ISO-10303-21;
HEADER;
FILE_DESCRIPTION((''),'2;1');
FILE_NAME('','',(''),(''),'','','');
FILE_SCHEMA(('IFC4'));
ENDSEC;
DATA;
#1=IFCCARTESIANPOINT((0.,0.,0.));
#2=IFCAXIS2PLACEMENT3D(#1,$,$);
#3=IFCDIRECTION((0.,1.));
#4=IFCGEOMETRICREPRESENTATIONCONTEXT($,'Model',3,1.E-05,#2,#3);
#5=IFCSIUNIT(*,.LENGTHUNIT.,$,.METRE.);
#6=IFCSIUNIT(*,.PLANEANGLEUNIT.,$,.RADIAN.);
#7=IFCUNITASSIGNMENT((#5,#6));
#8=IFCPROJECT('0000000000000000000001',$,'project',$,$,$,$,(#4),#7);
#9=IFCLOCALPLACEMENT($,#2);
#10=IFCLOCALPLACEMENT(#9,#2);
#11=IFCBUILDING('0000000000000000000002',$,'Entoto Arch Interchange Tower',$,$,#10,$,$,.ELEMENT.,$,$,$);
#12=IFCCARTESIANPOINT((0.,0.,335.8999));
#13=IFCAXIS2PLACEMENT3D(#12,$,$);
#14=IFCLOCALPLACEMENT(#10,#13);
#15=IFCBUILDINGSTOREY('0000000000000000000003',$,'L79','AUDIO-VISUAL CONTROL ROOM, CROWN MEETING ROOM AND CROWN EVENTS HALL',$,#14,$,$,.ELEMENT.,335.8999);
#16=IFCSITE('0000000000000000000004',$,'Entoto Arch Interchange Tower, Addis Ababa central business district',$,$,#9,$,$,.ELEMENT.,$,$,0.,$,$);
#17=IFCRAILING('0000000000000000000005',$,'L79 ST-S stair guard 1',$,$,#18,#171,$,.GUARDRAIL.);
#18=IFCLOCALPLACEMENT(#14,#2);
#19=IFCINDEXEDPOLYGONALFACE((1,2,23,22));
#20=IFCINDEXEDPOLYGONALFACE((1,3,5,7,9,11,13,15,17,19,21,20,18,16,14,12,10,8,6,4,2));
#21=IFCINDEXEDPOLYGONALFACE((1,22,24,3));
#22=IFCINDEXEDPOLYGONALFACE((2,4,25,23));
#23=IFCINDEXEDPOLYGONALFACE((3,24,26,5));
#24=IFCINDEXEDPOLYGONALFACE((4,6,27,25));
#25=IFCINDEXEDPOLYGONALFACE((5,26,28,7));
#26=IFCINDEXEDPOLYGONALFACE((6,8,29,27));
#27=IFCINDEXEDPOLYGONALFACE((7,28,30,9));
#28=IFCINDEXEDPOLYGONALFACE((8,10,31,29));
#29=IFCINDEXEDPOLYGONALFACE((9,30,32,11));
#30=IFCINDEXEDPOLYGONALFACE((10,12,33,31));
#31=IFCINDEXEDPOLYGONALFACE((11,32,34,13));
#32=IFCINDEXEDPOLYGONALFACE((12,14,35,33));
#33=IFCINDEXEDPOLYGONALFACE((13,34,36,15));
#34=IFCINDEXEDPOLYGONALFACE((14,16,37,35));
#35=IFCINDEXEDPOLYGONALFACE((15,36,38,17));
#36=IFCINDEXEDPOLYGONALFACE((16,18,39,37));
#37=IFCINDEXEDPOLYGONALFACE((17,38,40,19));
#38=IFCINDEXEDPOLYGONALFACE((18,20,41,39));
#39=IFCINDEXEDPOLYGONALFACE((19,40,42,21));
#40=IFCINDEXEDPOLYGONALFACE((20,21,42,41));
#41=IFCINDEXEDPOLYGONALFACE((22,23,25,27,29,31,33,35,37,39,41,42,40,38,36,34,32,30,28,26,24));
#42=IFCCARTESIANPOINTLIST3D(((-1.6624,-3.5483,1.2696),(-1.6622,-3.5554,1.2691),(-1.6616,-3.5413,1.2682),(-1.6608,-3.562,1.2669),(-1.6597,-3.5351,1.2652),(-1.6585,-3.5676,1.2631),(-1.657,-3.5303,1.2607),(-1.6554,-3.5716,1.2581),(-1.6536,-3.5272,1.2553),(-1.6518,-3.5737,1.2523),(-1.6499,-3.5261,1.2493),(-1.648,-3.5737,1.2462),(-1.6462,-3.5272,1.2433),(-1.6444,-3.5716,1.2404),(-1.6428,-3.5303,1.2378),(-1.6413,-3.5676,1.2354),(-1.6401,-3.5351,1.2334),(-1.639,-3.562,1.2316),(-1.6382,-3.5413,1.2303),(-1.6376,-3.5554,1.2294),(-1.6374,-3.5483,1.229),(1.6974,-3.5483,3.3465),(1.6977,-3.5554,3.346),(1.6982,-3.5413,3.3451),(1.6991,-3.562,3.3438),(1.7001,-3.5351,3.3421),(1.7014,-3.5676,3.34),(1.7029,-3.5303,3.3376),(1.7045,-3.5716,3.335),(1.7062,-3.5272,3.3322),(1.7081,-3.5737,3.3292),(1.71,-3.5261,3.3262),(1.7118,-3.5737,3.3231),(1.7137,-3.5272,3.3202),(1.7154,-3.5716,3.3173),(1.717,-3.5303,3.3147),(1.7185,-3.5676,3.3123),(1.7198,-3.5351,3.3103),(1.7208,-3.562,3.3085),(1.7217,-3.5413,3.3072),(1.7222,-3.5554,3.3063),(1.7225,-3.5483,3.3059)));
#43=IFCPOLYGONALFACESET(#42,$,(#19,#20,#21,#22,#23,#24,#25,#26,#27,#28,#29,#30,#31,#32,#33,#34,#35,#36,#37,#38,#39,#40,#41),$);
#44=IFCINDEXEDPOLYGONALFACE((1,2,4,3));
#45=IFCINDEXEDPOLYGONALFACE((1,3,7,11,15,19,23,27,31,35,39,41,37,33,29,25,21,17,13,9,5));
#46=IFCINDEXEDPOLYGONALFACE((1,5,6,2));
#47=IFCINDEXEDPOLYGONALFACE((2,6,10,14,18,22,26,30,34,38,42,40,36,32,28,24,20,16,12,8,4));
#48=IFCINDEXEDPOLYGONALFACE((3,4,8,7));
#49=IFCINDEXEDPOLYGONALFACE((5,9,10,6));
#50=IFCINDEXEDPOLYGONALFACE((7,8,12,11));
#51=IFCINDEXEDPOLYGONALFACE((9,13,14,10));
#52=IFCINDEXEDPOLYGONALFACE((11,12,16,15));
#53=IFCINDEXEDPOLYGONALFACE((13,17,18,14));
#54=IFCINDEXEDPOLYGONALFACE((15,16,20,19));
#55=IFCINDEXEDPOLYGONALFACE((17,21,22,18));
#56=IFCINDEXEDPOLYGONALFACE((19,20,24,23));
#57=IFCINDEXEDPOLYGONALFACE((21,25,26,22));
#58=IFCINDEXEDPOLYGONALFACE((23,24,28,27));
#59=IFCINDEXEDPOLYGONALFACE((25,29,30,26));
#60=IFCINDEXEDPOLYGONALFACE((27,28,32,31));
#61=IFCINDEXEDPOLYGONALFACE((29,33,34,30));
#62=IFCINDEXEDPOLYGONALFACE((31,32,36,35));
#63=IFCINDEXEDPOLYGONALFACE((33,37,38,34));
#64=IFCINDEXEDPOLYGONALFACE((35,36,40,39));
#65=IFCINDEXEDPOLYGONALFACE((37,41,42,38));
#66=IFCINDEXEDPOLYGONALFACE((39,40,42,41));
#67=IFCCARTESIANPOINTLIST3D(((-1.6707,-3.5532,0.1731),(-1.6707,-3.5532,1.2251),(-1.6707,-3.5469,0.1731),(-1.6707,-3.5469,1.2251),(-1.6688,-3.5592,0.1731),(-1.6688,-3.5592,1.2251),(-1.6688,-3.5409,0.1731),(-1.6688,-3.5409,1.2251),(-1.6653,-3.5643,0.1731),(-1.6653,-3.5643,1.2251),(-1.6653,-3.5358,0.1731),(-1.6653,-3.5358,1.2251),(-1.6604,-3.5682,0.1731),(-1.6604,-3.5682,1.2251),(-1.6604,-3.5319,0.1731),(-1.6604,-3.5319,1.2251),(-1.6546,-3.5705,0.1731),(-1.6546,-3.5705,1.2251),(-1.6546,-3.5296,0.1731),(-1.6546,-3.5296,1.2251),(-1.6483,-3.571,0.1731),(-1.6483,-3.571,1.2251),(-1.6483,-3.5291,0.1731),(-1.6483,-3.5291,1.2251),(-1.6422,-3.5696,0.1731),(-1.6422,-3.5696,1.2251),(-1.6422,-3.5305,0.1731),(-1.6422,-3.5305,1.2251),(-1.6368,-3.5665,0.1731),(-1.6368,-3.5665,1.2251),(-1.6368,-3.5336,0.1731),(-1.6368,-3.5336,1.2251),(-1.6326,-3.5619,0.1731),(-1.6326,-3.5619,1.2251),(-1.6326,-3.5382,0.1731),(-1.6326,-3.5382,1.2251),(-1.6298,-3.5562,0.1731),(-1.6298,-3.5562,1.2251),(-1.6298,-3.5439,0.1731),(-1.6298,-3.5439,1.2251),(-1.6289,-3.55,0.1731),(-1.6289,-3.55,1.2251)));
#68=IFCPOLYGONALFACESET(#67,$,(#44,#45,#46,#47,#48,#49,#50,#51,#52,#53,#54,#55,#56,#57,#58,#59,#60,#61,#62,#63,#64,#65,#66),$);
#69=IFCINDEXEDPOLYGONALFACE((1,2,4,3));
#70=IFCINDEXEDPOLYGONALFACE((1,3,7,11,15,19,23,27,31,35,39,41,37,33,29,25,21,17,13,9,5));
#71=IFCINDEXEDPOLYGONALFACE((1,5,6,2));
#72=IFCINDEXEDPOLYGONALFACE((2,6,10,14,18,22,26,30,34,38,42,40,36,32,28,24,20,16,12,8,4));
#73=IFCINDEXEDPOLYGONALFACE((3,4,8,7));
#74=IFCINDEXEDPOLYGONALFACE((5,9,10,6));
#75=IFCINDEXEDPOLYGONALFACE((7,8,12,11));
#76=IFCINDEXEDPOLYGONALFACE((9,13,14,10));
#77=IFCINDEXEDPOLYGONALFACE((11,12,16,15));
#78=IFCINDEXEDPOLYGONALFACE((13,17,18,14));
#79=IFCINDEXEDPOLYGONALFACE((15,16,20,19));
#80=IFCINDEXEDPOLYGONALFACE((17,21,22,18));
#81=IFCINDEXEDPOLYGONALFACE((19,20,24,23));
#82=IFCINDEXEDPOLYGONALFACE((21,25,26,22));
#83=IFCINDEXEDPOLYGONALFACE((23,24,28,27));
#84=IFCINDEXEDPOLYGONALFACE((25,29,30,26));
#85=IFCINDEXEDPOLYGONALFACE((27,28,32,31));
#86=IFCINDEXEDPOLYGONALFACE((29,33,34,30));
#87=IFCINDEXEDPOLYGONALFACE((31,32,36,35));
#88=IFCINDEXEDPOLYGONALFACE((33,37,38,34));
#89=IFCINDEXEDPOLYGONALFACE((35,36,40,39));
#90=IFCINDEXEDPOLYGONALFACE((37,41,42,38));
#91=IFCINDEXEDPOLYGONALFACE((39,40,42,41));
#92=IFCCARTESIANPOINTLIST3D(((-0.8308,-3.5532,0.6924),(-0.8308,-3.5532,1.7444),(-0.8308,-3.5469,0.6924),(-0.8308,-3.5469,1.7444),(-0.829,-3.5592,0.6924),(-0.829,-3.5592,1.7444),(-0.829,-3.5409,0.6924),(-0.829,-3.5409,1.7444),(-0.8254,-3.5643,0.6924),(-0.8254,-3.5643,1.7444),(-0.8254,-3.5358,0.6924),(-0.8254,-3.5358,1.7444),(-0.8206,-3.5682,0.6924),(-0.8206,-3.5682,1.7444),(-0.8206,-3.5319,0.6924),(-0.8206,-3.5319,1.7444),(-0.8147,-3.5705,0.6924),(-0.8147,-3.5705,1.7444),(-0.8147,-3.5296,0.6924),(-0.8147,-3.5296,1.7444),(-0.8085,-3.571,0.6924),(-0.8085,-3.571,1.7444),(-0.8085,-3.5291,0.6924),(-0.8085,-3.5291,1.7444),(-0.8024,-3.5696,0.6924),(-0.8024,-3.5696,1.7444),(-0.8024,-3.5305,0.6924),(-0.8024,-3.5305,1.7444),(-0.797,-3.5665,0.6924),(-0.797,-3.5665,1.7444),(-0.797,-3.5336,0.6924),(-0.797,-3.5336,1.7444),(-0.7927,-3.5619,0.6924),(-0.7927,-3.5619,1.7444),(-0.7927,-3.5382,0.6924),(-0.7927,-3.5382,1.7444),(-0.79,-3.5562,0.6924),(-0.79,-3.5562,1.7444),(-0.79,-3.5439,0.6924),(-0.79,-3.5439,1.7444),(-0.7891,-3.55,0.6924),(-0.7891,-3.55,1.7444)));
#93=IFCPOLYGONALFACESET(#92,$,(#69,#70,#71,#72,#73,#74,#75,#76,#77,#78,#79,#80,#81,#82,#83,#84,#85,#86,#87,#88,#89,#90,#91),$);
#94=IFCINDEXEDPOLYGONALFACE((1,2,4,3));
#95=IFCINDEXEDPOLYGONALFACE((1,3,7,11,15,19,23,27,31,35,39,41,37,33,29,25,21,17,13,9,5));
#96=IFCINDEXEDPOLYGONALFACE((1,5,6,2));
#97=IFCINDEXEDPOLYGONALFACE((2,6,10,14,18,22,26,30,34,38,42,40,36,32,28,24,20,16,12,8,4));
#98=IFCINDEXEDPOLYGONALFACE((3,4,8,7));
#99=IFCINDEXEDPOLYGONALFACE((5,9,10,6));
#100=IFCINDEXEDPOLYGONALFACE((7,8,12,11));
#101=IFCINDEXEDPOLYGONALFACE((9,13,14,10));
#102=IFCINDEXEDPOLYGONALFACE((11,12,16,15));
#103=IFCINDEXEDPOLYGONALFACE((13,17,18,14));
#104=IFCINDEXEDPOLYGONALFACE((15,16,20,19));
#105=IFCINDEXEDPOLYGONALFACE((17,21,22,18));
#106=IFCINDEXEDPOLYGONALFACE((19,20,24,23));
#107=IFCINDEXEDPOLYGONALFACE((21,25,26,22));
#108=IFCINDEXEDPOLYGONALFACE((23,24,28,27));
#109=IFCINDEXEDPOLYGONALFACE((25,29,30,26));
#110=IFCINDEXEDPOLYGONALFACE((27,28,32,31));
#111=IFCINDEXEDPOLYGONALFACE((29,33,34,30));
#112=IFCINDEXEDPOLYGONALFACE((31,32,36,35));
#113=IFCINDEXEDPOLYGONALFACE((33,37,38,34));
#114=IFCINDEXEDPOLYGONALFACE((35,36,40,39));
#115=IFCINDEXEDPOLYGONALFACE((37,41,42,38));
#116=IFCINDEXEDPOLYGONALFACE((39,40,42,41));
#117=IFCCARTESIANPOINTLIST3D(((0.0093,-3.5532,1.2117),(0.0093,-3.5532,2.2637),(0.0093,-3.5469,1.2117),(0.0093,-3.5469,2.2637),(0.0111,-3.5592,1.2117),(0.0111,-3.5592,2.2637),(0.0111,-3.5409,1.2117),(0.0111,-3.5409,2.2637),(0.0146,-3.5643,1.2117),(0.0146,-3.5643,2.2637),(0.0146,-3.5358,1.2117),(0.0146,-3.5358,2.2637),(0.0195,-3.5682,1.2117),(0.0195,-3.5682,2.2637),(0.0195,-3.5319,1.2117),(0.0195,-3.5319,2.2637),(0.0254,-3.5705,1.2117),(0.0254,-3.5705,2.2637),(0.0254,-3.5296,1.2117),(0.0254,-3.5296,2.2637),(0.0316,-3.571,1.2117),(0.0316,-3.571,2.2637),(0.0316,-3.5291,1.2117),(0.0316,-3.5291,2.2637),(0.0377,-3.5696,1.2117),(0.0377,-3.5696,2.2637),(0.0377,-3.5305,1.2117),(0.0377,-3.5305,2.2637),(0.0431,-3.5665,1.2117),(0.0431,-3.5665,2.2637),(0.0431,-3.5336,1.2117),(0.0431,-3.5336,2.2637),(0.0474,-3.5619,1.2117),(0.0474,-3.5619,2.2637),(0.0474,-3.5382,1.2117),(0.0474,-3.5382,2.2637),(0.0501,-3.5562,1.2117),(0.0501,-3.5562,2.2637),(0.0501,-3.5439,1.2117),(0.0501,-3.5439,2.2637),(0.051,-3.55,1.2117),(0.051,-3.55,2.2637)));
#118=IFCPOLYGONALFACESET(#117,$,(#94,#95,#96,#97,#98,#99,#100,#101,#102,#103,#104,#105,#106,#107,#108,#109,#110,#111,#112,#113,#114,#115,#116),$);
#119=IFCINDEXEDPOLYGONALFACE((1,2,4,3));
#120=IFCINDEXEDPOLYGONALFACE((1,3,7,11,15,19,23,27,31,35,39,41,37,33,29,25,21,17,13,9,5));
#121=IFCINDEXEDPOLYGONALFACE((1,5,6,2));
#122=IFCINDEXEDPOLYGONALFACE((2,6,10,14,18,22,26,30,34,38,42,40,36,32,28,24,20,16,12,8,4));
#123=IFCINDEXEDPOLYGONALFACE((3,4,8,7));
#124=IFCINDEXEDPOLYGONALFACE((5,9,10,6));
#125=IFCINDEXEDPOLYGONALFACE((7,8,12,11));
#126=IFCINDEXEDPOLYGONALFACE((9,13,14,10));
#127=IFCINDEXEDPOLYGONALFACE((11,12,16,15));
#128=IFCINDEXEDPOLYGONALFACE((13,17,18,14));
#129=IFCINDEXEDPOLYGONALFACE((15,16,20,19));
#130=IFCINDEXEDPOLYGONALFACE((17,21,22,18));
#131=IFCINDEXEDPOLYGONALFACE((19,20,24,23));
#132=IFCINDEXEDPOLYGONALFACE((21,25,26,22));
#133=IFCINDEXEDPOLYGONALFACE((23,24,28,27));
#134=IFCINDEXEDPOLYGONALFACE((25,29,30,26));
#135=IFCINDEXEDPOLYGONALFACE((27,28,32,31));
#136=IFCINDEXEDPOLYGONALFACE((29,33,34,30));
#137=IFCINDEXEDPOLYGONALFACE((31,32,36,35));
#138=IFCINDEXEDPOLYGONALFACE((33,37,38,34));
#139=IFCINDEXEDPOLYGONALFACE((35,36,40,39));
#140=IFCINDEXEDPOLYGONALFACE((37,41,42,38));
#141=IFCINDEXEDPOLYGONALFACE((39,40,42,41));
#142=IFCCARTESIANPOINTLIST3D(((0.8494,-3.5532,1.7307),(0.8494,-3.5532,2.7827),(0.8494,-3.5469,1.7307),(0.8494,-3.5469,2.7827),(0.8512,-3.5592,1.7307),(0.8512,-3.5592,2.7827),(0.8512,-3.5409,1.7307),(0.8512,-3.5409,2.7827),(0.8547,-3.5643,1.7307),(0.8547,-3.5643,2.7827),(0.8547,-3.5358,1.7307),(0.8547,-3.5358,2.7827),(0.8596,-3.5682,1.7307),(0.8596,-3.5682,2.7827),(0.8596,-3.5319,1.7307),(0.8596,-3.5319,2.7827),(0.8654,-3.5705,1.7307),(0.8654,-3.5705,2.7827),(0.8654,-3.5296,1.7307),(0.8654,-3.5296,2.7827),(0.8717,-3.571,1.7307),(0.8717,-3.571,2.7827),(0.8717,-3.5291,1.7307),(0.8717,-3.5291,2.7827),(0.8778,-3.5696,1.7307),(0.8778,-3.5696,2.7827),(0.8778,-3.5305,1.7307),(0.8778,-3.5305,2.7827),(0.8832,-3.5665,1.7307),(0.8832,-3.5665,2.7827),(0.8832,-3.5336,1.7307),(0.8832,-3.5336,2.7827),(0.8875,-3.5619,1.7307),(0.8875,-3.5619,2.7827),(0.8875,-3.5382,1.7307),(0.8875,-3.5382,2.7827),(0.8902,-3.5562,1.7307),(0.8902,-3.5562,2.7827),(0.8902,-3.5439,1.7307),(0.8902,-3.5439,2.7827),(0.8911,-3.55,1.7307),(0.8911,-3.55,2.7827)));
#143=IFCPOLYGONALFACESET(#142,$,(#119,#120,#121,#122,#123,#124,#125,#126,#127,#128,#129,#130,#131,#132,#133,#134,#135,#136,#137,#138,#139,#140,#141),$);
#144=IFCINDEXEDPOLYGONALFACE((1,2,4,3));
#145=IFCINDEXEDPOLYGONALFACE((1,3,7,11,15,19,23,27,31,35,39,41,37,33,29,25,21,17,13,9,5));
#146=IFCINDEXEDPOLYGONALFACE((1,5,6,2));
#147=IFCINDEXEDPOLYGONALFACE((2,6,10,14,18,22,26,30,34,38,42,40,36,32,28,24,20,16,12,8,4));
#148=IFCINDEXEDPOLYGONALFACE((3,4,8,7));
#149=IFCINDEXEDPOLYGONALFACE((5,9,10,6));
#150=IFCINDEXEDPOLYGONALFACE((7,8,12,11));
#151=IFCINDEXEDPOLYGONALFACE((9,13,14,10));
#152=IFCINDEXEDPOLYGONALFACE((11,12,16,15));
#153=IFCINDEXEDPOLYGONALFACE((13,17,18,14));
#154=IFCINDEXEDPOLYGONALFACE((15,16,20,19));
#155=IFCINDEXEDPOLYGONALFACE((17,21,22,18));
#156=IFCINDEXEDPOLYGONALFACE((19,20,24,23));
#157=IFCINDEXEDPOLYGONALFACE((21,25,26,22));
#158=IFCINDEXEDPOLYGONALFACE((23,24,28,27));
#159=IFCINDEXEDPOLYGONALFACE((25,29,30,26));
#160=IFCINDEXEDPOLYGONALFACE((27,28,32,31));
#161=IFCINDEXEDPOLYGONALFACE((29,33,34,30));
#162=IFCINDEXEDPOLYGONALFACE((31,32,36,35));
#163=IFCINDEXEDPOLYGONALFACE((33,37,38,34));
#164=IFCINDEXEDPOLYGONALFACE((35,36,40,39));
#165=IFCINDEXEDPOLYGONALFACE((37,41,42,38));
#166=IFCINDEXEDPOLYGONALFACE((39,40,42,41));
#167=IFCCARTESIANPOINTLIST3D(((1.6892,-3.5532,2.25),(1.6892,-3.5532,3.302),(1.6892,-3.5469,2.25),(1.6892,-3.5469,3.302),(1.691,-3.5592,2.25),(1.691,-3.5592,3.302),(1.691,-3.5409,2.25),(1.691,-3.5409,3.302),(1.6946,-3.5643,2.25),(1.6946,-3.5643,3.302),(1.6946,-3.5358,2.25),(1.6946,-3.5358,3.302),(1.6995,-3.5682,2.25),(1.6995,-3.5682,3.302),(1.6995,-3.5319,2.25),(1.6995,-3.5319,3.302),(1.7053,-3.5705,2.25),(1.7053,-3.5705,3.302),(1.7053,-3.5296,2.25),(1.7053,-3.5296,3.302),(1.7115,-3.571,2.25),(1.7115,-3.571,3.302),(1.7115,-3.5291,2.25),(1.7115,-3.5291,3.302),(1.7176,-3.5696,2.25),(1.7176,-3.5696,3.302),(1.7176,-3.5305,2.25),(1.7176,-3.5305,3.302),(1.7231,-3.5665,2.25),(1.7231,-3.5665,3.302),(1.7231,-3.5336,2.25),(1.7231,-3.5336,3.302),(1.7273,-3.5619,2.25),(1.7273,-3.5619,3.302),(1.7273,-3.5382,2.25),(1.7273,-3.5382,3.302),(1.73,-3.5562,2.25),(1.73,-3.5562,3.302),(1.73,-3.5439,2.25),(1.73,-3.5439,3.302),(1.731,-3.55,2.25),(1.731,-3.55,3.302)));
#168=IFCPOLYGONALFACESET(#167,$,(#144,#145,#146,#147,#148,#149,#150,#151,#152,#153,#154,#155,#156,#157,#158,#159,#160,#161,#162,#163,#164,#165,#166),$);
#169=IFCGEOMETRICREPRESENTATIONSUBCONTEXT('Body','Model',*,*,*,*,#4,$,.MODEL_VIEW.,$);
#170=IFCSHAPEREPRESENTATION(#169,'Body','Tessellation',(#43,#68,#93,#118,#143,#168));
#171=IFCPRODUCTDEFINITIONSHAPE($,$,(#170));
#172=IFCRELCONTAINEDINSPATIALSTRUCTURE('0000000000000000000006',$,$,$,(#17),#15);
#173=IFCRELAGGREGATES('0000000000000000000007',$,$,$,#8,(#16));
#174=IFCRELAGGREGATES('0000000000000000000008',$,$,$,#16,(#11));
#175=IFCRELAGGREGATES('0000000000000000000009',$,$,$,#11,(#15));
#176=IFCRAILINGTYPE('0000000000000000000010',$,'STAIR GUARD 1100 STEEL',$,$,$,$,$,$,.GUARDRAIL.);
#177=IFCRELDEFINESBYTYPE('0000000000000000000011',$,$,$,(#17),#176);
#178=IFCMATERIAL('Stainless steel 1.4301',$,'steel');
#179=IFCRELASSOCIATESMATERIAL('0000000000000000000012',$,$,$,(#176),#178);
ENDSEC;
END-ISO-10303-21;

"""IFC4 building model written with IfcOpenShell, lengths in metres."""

from ifc_helpers import new_model, si_unit, direction, frame, origin, origin_2d, place, context, subcontext, project, spatial, circle, extrude, material, type_object, element, save


model = new_model("IFC4")

# Units and contexts
model_context = context("Model", 3, precision=1e-05, world=origin(), true_north=direction((0.0, 1.0)))
body_context = subcontext(model_context, "Body", "Model", "MODEL_VIEW")
ifc_project = project(units=[si_unit("LENGTHUNIT", "METRE"), si_unit("PLANEANGLEUNIT", "RADIAN")], contexts=[model_context])

# Site, building, storey
site_placement = place(None, origin())
site = spatial("IfcSite", under=ifc_project, at=site_placement, Name="Entoto Arch Interchange Tower, Addis Ababa central business district", CompositionType="ELEMENT", RefElevation=0.0)
building_placement = place(site_placement, origin())
building = spatial("IfcBuilding", under=site, at=building_placement, Name="Entoto Arch Interchange Tower", CompositionType="ELEMENT")
storey_placement = place(building_placement, frame((0.0, 0.0, 335.8999)))
storey = spatial("IfcBuildingStorey", under=building, at=storey_placement, Name="L79", Description="AUDIO-VISUAL CONTROL ROOM, CROWN MEETING ROOM AND CROWN EVENTS HALL", CompositionType="ELEMENT", Elevation=335.8999)

# Railing
ifc_material_1 = material(Name="Stainless steel 1.4301", Category="steel")
railing_type_1 = type_object("IfcRailingType", Name="STAIR GUARD 1100 STEEL", PredefinedType="GUARDRAIL", material=ifc_material_1)
railing_1_placement = place(storey_placement, frame((-1.6499, -3.55, 0.1731)))
element("IfcRailing", 1, at=railing_1_placement, inside=storey, type_object=railing_type_1, Name="L79 ST-S stair guard 1", PredefinedType="GUARDRAIL", context=body_context, shape_type="SweptSolid", body=[
    extrude(circle(Radius=0.0239, at=origin_2d()), frame((0.0, 0.0, 1.0762), z_axis=(0.850606, 0.0, 0.525803), x_axis=(0.0, 1.0, 0.0)), (0.0, 0.0, 1.0), 3.95),
    extrude(circle(Radius=0.021, at=origin_2d()), origin(), (0.0, 0.0, 1.0), 1.052),
    extrude(circle(Radius=0.021, at=origin_2d()), frame((0.8398, 0.0, 0.5193)), (0.0, 0.0, 1.0), 1.052),
    extrude(circle(Radius=0.021, at=origin_2d()), frame((1.6799, 0.0, 1.0386)), (0.0, 0.0, 1.0), 1.052),
    extrude(circle(Radius=0.021, at=origin_2d()), frame((2.52, 0.0, 1.5576)), (0.0, 0.0, 1.0), 1.052),
    extrude(circle(Radius=0.021, at=origin_2d()), frame((3.3599, 0.0, 2.0769)), (0.0, 0.0, 1.0), 1.052),
])

save(model, "model.ifc")
